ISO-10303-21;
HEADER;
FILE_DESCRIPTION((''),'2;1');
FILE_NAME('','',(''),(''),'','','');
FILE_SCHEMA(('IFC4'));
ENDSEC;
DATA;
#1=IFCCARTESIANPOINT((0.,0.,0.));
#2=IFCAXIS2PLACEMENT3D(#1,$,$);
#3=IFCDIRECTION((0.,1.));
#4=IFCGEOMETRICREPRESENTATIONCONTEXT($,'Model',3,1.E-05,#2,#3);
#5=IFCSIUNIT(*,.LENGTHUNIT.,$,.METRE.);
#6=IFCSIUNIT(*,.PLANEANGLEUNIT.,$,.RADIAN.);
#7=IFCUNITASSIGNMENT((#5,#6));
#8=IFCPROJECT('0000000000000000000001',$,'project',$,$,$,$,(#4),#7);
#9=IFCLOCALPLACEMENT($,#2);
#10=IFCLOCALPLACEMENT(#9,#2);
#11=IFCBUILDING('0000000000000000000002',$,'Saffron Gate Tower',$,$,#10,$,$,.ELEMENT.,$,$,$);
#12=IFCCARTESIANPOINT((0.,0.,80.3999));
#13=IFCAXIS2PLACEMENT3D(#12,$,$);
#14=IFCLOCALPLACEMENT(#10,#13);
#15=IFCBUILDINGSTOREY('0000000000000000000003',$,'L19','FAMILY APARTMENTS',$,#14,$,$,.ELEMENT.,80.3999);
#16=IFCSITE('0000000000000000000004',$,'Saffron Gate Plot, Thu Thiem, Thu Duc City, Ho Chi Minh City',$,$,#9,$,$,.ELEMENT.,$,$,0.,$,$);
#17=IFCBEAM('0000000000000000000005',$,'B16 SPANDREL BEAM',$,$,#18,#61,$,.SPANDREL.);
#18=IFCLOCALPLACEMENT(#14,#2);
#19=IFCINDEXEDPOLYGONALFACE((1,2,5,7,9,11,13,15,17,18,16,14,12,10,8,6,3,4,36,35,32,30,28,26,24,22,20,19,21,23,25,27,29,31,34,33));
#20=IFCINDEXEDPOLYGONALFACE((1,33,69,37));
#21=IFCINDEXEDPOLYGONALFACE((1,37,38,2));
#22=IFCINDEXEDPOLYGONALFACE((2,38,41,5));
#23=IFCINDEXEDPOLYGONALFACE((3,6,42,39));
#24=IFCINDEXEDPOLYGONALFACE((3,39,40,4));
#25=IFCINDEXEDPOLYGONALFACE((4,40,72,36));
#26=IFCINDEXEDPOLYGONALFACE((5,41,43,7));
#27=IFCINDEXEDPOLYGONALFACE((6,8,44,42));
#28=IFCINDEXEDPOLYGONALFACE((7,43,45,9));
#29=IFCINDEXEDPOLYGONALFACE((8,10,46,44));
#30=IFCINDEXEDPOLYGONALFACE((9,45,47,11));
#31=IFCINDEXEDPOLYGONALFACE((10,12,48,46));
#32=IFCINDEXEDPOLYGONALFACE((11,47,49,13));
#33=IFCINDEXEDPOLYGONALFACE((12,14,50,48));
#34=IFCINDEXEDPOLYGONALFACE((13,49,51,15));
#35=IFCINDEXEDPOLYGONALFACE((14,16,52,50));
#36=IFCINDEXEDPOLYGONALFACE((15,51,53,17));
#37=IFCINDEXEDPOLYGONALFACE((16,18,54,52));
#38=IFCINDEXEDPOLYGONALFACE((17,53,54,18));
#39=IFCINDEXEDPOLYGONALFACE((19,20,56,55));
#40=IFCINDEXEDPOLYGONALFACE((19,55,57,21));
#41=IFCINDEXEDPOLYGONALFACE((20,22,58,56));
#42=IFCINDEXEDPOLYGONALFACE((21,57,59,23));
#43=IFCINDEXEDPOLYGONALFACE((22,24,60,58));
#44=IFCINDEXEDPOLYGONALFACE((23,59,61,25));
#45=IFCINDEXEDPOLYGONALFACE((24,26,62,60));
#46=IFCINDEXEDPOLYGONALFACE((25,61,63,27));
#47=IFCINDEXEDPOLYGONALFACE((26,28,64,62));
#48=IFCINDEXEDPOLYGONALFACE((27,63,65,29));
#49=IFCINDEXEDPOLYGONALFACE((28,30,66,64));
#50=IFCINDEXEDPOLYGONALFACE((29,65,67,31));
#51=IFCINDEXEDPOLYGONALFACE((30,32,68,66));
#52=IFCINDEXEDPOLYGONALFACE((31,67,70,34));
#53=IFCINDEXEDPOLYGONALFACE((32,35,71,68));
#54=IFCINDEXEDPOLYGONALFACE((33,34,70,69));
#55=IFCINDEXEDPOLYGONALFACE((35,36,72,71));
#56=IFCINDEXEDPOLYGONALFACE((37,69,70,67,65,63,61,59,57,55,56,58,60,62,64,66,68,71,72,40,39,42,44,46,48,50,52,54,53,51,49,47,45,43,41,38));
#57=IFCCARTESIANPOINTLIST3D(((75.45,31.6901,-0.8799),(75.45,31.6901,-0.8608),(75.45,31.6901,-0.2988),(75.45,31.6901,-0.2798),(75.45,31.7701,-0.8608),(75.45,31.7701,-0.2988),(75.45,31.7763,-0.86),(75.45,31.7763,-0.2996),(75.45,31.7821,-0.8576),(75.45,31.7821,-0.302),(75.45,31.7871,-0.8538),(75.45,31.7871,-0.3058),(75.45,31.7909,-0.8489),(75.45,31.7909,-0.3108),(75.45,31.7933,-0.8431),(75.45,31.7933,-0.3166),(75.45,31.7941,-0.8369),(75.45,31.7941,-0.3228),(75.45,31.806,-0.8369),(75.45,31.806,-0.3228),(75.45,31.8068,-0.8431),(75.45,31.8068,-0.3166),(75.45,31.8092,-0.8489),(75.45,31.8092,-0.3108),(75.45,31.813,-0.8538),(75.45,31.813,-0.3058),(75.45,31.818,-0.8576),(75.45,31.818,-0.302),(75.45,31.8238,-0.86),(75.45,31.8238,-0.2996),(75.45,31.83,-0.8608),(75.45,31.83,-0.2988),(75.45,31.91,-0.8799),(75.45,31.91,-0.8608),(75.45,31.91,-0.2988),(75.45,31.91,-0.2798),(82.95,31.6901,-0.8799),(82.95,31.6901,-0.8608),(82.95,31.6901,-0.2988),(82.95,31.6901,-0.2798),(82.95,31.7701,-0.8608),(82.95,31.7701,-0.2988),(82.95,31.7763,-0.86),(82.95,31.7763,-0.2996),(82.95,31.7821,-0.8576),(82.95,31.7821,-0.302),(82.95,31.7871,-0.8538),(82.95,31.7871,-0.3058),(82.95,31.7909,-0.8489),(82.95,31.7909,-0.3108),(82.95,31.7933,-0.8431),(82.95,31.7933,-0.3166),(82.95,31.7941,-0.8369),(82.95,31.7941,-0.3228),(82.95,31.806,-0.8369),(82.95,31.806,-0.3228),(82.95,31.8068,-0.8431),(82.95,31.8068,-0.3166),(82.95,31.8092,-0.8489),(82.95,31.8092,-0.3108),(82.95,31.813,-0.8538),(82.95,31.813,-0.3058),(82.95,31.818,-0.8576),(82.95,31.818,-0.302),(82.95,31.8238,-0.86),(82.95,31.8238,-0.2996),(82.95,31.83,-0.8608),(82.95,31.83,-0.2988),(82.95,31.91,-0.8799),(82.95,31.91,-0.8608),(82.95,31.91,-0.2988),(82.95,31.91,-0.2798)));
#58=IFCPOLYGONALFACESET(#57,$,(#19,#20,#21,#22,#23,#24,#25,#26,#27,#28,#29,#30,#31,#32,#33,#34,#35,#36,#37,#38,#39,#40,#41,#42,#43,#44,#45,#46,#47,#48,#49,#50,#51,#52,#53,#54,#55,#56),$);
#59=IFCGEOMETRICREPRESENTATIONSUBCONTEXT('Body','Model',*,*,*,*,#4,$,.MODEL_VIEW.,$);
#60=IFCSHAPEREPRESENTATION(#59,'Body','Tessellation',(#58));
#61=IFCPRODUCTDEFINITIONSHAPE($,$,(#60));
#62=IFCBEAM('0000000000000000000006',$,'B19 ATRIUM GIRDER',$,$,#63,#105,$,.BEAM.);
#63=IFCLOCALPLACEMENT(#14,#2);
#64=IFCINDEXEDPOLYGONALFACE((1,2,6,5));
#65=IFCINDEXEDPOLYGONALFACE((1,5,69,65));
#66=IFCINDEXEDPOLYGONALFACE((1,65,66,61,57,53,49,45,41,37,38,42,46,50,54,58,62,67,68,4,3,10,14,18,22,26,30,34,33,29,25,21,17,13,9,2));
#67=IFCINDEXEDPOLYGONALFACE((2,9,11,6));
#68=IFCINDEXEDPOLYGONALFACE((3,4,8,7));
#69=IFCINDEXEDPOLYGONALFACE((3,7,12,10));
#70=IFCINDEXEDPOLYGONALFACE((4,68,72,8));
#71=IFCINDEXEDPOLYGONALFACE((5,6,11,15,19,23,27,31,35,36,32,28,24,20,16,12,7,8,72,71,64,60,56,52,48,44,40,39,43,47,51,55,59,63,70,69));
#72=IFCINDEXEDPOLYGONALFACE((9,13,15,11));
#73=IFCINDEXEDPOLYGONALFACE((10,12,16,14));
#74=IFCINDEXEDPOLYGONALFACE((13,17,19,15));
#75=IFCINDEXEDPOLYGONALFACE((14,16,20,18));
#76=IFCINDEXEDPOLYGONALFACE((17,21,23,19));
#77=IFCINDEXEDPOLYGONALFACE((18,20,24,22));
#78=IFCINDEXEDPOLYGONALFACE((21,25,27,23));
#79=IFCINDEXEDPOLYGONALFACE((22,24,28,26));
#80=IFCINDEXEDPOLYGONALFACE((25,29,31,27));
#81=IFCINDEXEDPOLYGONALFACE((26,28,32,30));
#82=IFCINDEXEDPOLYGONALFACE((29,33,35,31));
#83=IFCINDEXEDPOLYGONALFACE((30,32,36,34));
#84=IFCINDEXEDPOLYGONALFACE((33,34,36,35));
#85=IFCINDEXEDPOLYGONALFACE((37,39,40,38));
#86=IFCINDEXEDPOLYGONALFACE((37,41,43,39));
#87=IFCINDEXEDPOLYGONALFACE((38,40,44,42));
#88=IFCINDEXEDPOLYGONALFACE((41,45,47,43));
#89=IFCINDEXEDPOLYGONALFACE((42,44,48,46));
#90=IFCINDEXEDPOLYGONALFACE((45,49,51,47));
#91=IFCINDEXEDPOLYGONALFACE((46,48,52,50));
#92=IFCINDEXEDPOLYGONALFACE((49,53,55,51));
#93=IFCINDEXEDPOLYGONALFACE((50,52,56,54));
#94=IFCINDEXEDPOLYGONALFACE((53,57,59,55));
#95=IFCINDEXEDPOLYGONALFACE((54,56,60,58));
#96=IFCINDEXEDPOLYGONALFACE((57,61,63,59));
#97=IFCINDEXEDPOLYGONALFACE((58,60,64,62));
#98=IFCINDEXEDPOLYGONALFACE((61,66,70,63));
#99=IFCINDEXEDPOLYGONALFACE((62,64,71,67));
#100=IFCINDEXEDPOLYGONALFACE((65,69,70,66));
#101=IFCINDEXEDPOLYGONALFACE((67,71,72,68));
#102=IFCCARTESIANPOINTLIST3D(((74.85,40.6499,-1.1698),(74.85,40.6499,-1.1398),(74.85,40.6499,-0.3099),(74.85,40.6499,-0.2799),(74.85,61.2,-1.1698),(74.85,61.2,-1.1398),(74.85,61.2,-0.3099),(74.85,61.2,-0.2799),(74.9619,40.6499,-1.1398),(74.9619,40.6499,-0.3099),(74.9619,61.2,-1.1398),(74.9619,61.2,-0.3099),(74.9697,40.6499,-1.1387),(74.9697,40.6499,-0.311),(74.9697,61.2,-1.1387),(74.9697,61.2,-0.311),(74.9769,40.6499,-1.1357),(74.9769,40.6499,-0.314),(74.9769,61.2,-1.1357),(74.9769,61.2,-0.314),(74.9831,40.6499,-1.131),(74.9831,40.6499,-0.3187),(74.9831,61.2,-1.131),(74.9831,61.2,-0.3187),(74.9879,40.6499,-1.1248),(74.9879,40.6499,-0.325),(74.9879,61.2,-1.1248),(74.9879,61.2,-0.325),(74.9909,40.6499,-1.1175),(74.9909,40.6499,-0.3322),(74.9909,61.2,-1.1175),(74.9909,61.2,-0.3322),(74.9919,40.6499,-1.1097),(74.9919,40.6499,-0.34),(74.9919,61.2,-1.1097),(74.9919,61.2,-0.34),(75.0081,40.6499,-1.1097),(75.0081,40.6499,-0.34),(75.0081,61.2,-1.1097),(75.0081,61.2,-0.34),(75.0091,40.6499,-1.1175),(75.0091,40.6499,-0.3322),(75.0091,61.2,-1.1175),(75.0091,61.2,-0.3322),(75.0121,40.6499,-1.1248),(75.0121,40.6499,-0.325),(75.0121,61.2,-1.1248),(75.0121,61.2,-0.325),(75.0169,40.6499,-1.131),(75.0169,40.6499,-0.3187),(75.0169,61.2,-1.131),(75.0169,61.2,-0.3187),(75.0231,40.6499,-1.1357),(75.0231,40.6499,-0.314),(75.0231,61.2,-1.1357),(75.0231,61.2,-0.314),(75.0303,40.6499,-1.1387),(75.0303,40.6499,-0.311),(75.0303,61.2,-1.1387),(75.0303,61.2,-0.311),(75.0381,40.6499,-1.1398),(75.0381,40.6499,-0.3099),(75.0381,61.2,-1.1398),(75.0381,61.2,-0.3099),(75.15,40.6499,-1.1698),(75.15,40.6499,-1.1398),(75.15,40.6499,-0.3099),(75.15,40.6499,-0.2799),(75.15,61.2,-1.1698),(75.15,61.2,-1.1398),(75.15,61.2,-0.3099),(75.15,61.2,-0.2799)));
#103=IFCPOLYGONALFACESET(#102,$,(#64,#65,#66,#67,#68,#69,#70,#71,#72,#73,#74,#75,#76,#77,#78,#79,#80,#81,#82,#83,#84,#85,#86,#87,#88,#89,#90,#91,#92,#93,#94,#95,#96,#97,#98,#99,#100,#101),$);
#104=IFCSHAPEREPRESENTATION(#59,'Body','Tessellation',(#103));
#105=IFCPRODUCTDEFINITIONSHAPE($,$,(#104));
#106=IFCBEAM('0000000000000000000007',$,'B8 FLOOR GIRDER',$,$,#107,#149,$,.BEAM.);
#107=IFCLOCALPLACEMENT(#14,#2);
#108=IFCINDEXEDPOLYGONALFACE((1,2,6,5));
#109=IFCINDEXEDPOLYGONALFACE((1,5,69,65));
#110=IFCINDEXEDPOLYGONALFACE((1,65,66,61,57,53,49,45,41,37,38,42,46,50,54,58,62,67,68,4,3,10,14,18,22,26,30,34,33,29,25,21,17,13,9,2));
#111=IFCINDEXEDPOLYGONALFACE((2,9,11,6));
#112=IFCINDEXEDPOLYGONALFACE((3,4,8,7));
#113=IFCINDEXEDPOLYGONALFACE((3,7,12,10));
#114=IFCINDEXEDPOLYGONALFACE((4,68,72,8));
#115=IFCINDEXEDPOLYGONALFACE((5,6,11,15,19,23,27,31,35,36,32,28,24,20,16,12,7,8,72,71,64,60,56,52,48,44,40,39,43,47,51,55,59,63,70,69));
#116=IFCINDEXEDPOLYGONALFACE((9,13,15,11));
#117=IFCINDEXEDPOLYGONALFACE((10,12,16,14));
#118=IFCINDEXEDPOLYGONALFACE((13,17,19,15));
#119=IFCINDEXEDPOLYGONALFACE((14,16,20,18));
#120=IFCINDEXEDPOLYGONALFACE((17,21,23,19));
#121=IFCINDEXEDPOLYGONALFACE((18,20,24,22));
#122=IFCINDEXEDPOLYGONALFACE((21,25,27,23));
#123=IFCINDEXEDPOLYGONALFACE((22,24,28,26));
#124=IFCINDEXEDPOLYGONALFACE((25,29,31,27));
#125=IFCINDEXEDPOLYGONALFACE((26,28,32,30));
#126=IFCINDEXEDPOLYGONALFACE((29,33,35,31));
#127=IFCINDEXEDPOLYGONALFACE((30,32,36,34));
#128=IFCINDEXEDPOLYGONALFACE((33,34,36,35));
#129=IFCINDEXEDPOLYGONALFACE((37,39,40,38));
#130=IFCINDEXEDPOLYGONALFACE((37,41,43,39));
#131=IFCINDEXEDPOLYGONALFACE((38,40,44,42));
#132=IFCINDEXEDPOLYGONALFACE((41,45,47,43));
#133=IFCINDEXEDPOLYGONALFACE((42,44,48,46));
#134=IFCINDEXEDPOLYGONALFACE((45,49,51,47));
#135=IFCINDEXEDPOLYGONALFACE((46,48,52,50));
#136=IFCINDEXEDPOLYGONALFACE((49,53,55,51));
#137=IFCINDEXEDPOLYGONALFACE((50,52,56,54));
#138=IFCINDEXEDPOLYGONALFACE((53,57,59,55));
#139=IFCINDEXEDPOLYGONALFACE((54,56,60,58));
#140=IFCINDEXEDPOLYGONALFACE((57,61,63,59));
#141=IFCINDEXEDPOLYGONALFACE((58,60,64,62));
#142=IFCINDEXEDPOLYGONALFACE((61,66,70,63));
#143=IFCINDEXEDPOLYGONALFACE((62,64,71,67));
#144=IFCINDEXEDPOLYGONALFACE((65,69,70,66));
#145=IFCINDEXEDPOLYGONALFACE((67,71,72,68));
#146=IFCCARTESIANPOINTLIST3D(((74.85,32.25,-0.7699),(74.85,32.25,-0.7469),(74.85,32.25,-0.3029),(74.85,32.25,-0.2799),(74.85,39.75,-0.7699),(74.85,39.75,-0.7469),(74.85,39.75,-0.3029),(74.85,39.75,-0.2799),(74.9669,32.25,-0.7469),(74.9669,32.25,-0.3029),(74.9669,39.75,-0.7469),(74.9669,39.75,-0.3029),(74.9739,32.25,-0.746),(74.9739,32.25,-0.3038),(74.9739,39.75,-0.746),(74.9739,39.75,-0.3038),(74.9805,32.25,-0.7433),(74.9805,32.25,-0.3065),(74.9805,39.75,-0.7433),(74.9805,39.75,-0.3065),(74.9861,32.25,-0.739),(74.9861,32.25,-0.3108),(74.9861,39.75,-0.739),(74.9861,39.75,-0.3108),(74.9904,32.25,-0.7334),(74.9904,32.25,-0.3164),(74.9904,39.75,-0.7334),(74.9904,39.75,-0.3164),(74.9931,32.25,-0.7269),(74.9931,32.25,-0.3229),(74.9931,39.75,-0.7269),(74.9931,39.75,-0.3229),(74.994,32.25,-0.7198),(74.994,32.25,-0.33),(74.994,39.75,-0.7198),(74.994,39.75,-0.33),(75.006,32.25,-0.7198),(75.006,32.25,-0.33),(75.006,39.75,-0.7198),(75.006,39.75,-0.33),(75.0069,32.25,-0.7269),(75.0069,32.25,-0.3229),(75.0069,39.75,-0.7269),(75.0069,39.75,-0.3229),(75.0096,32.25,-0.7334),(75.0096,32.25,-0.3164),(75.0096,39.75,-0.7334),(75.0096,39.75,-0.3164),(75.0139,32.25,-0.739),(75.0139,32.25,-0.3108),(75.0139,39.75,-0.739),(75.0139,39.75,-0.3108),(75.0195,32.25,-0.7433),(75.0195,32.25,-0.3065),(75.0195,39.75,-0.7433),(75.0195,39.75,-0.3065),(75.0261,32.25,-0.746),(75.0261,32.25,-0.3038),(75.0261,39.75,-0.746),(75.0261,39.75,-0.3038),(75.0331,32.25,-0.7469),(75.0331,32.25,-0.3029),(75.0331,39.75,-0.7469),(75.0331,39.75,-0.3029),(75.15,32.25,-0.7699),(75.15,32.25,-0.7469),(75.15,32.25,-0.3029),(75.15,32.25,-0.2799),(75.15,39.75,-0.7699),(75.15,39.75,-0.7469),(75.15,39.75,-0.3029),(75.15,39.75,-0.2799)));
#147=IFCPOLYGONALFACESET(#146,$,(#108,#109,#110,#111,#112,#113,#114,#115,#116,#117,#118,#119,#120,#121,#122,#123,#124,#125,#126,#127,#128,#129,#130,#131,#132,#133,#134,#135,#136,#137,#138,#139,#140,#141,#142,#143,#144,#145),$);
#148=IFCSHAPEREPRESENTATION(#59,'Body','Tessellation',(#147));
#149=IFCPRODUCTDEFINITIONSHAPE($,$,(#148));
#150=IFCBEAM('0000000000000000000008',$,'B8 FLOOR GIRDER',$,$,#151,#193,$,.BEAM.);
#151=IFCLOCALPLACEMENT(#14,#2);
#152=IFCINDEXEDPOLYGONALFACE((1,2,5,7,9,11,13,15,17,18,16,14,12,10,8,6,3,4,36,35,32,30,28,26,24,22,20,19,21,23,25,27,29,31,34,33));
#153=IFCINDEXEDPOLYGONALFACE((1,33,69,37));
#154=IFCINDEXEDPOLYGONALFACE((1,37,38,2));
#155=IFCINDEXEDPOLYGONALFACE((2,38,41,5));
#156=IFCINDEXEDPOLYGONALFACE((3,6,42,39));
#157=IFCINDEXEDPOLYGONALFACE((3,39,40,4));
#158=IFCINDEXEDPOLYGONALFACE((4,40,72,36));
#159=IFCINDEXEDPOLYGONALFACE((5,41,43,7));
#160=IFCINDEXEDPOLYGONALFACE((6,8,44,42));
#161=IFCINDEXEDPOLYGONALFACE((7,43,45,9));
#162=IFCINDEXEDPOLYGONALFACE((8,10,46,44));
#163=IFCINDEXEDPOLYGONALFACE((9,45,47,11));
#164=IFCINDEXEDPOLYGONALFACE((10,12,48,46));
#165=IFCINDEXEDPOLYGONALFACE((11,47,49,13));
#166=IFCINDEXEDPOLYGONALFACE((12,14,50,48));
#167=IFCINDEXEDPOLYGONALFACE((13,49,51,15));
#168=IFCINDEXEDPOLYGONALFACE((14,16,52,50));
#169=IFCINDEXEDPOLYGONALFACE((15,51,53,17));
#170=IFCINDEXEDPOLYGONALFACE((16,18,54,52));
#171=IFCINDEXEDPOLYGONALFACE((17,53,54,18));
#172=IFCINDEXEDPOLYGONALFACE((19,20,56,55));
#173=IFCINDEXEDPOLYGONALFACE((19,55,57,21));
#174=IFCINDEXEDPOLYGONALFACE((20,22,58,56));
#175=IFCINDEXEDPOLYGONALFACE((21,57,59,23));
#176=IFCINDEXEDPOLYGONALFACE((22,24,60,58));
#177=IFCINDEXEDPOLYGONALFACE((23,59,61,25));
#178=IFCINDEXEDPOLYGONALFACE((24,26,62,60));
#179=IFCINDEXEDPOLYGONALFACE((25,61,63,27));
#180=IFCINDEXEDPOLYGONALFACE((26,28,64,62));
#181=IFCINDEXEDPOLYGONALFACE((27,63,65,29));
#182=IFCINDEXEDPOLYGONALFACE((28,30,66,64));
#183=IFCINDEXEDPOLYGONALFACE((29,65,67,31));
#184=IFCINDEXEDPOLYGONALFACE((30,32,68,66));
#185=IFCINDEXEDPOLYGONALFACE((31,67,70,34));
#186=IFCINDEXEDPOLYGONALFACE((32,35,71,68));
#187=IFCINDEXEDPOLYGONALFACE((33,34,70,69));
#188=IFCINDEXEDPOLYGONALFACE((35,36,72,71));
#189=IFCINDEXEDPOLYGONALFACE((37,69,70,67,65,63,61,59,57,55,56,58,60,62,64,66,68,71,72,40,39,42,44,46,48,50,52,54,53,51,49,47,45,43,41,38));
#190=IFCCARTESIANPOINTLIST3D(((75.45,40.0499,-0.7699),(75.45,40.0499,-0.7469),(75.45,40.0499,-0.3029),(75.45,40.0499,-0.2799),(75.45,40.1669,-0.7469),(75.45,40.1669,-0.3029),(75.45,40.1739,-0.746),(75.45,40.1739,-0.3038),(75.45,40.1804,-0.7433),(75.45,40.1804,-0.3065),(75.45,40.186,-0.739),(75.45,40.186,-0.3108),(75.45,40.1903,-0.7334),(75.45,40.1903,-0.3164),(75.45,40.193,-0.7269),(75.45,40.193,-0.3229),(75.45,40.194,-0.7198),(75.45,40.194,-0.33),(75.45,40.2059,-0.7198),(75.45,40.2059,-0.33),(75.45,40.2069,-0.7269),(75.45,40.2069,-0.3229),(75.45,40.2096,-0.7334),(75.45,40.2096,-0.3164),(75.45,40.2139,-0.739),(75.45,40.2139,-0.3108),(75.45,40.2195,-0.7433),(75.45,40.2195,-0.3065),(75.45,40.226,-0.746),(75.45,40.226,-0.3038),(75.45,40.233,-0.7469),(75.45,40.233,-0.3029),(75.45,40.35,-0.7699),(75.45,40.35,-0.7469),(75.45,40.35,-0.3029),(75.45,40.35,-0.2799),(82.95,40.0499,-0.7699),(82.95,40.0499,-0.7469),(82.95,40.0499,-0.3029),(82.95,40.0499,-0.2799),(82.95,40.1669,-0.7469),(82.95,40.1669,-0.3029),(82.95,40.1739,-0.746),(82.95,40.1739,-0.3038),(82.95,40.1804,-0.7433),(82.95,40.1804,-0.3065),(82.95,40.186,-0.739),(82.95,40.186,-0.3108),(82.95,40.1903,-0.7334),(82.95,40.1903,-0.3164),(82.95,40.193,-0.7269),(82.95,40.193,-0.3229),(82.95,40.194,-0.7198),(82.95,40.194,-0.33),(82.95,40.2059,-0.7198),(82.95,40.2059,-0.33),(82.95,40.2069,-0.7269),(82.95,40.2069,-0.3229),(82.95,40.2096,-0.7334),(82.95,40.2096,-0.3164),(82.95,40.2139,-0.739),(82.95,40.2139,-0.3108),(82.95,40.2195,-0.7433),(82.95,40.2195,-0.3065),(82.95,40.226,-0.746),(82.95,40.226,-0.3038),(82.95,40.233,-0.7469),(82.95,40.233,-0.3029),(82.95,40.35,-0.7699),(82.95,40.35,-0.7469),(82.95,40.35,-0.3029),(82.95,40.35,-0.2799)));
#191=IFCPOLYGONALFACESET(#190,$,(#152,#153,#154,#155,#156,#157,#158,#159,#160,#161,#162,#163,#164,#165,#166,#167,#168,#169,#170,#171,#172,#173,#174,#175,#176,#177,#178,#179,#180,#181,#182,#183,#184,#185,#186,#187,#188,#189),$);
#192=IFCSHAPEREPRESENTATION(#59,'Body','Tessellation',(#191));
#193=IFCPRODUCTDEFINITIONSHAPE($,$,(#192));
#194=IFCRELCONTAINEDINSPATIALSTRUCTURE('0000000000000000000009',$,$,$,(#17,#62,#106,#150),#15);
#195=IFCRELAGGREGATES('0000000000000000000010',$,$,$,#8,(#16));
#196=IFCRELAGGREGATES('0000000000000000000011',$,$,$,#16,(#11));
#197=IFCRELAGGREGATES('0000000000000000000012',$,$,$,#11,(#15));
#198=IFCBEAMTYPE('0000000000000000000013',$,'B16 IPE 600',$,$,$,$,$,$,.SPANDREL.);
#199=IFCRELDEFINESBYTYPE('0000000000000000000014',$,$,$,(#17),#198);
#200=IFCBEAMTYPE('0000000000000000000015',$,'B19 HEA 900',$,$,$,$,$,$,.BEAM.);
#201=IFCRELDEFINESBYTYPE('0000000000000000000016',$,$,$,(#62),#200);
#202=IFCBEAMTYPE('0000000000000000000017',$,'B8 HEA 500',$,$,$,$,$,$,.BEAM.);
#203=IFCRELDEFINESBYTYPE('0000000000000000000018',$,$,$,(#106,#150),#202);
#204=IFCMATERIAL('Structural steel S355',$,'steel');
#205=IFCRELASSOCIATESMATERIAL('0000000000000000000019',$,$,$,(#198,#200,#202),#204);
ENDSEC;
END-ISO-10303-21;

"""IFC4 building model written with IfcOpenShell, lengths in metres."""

from ifc_helpers import new_model, si_unit, direction, frame, origin, origin_2d, place, context, subcontext, project, spatial, i_section, extrude, material, material_profile, profile_set, type_object, element, save


model = new_model("IFC4")

# Units and contexts
model_context = context("Model", 3, precision=1e-05, world=origin(), true_north=direction((0.0, 1.0)))
body_context = subcontext(model_context, "Body", "Model", "MODEL_VIEW")
ifc_project = project(units=[si_unit("LENGTHUNIT", "METRE"), si_unit("PLANEANGLEUNIT", "RADIAN")], contexts=[model_context])

# Site, building, storey
site_placement = place(None, origin())
site = spatial("IfcSite", under=ifc_project, at=site_placement, Name="Saffron Gate Plot, Thu Thiem, Thu Duc City, Ho Chi Minh City", CompositionType="ELEMENT", RefElevation=0.0)
building_placement = place(site_placement, origin())
building = spatial("IfcBuilding", under=site, at=building_placement, Name="Saffron Gate Tower", CompositionType="ELEMENT")
storey_placement = place(building_placement, frame((0.0, 0.0, 80.3999)))
storey = spatial("IfcBuildingStorey", under=building, at=storey_placement, Name="L19", Description="FAMILY APARTMENTS", CompositionType="ELEMENT", Elevation=80.3999)

# Beams
ifc_material_1 = material(Name="Structural steel S355", Category="steel")
ifc_material_profile_1 = material_profile(ifc_material_1, i_section(OverallWidth=0.22, OverallDepth=0.6001, WebThickness=0.012, FlangeThickness=0.019, FilletRadius=0.0239, at=origin_2d()))
ifc_profile_set_1 = profile_set([ifc_material_profile_1], Name="Structural steel S355")
beam_type_1 = type_object("IfcBeamType", Name="B16 IPE 600", PredefinedType="SPANDREL", material=ifc_profile_set_1)
for number, where, z_axis, x_axis, name in (
    (1, (75.45, 31.8, -0.5798), (1.0, 0.0, 0.0), (0.0, 1.0, 0.0), "B16 SPANDREL BEAM"),
):
    element("IfcBeam", number, at=place(storey_placement, frame(where, z_axis=z_axis, x_axis=x_axis)), inside=storey, type_object=beam_type_1, Name=name, PredefinedType="SPANDREL", context=body_context, shape_type="SweptSolid", body=[
        extrude(i_section(OverallWidth=0.22, OverallDepth=0.6001, WebThickness=0.012, FlangeThickness=0.019, FilletRadius=0.0239, at=origin_2d()), origin(), (0.0, 0.0, 1.0), 7.5),
    ])
ifc_material_profile_2 = material_profile(ifc_material_1, i_section(OverallWidth=0.3, OverallDepth=0.8899, WebThickness=0.0161, FlangeThickness=0.03, FilletRadius=0.03, at=origin_2d()))
ifc_profile_set_2 = profile_set([ifc_material_profile_2], Name="Structural steel S355")
beam_type_2 = type_object("IfcBeamType", Name="B19 HEA 900", PredefinedType="BEAM", material=ifc_profile_set_2)
beam_1_placement = place(storey_placement, frame((75.0, 40.6499, -0.7249), z_axis=(0.0, 1.0, 0.0), x_axis=(-1.0, 0.0, 0.0)))
element("IfcBeam", 2, at=beam_1_placement, inside=storey, type_object=beam_type_2, Name="B19 ATRIUM GIRDER", PredefinedType="BEAM", context=body_context, shape_type="SweptSolid", body=[
    extrude(i_section(OverallWidth=0.3, OverallDepth=0.8899, WebThickness=0.0161, FlangeThickness=0.03, FilletRadius=0.03, at=origin_2d()), origin(), (0.0, 0.0, 1.0), 20.55),
])
ifc_material_profile_3 = material_profile(ifc_material_1, i_section(OverallWidth=0.3, OverallDepth=0.49, WebThickness=0.012, FlangeThickness=0.0229, FilletRadius=0.0271, at=origin_2d()))
ifc_profile_set_3 = profile_set([ifc_material_profile_3], Name="Structural steel S355")
beam_type_3 = type_object("IfcBeamType", Name="B8 HEA 500", PredefinedType="BEAM", material=ifc_profile_set_3)
for number, where, z_axis, x_axis, name in (
    (3, (75.0, 32.25, -0.5249), (0.0, 1.0, 0.0), (-1.0, 0.0, 0.0), "B8 FLOOR GIRDER"),
    (4, (75.45, 40.2, -0.5249), (1.0, 0.0, 0.0), (0.0, 1.0, 0.0), "B8 FLOOR GIRDER"),
):
    element("IfcBeam", number, at=place(storey_placement, frame(where, z_axis=z_axis, x_axis=x_axis)), inside=storey, type_object=beam_type_3, Name=name, PredefinedType="BEAM", context=body_context, shape_type="SweptSolid", body=[
        extrude(i_section(OverallWidth=0.3, OverallDepth=0.49, WebThickness=0.012, FlangeThickness=0.0229, FilletRadius=0.0271, at=origin_2d()), origin(), (0.0, 0.0, 1.0), 7.5),
    ])

save(model, "model.ifc")
